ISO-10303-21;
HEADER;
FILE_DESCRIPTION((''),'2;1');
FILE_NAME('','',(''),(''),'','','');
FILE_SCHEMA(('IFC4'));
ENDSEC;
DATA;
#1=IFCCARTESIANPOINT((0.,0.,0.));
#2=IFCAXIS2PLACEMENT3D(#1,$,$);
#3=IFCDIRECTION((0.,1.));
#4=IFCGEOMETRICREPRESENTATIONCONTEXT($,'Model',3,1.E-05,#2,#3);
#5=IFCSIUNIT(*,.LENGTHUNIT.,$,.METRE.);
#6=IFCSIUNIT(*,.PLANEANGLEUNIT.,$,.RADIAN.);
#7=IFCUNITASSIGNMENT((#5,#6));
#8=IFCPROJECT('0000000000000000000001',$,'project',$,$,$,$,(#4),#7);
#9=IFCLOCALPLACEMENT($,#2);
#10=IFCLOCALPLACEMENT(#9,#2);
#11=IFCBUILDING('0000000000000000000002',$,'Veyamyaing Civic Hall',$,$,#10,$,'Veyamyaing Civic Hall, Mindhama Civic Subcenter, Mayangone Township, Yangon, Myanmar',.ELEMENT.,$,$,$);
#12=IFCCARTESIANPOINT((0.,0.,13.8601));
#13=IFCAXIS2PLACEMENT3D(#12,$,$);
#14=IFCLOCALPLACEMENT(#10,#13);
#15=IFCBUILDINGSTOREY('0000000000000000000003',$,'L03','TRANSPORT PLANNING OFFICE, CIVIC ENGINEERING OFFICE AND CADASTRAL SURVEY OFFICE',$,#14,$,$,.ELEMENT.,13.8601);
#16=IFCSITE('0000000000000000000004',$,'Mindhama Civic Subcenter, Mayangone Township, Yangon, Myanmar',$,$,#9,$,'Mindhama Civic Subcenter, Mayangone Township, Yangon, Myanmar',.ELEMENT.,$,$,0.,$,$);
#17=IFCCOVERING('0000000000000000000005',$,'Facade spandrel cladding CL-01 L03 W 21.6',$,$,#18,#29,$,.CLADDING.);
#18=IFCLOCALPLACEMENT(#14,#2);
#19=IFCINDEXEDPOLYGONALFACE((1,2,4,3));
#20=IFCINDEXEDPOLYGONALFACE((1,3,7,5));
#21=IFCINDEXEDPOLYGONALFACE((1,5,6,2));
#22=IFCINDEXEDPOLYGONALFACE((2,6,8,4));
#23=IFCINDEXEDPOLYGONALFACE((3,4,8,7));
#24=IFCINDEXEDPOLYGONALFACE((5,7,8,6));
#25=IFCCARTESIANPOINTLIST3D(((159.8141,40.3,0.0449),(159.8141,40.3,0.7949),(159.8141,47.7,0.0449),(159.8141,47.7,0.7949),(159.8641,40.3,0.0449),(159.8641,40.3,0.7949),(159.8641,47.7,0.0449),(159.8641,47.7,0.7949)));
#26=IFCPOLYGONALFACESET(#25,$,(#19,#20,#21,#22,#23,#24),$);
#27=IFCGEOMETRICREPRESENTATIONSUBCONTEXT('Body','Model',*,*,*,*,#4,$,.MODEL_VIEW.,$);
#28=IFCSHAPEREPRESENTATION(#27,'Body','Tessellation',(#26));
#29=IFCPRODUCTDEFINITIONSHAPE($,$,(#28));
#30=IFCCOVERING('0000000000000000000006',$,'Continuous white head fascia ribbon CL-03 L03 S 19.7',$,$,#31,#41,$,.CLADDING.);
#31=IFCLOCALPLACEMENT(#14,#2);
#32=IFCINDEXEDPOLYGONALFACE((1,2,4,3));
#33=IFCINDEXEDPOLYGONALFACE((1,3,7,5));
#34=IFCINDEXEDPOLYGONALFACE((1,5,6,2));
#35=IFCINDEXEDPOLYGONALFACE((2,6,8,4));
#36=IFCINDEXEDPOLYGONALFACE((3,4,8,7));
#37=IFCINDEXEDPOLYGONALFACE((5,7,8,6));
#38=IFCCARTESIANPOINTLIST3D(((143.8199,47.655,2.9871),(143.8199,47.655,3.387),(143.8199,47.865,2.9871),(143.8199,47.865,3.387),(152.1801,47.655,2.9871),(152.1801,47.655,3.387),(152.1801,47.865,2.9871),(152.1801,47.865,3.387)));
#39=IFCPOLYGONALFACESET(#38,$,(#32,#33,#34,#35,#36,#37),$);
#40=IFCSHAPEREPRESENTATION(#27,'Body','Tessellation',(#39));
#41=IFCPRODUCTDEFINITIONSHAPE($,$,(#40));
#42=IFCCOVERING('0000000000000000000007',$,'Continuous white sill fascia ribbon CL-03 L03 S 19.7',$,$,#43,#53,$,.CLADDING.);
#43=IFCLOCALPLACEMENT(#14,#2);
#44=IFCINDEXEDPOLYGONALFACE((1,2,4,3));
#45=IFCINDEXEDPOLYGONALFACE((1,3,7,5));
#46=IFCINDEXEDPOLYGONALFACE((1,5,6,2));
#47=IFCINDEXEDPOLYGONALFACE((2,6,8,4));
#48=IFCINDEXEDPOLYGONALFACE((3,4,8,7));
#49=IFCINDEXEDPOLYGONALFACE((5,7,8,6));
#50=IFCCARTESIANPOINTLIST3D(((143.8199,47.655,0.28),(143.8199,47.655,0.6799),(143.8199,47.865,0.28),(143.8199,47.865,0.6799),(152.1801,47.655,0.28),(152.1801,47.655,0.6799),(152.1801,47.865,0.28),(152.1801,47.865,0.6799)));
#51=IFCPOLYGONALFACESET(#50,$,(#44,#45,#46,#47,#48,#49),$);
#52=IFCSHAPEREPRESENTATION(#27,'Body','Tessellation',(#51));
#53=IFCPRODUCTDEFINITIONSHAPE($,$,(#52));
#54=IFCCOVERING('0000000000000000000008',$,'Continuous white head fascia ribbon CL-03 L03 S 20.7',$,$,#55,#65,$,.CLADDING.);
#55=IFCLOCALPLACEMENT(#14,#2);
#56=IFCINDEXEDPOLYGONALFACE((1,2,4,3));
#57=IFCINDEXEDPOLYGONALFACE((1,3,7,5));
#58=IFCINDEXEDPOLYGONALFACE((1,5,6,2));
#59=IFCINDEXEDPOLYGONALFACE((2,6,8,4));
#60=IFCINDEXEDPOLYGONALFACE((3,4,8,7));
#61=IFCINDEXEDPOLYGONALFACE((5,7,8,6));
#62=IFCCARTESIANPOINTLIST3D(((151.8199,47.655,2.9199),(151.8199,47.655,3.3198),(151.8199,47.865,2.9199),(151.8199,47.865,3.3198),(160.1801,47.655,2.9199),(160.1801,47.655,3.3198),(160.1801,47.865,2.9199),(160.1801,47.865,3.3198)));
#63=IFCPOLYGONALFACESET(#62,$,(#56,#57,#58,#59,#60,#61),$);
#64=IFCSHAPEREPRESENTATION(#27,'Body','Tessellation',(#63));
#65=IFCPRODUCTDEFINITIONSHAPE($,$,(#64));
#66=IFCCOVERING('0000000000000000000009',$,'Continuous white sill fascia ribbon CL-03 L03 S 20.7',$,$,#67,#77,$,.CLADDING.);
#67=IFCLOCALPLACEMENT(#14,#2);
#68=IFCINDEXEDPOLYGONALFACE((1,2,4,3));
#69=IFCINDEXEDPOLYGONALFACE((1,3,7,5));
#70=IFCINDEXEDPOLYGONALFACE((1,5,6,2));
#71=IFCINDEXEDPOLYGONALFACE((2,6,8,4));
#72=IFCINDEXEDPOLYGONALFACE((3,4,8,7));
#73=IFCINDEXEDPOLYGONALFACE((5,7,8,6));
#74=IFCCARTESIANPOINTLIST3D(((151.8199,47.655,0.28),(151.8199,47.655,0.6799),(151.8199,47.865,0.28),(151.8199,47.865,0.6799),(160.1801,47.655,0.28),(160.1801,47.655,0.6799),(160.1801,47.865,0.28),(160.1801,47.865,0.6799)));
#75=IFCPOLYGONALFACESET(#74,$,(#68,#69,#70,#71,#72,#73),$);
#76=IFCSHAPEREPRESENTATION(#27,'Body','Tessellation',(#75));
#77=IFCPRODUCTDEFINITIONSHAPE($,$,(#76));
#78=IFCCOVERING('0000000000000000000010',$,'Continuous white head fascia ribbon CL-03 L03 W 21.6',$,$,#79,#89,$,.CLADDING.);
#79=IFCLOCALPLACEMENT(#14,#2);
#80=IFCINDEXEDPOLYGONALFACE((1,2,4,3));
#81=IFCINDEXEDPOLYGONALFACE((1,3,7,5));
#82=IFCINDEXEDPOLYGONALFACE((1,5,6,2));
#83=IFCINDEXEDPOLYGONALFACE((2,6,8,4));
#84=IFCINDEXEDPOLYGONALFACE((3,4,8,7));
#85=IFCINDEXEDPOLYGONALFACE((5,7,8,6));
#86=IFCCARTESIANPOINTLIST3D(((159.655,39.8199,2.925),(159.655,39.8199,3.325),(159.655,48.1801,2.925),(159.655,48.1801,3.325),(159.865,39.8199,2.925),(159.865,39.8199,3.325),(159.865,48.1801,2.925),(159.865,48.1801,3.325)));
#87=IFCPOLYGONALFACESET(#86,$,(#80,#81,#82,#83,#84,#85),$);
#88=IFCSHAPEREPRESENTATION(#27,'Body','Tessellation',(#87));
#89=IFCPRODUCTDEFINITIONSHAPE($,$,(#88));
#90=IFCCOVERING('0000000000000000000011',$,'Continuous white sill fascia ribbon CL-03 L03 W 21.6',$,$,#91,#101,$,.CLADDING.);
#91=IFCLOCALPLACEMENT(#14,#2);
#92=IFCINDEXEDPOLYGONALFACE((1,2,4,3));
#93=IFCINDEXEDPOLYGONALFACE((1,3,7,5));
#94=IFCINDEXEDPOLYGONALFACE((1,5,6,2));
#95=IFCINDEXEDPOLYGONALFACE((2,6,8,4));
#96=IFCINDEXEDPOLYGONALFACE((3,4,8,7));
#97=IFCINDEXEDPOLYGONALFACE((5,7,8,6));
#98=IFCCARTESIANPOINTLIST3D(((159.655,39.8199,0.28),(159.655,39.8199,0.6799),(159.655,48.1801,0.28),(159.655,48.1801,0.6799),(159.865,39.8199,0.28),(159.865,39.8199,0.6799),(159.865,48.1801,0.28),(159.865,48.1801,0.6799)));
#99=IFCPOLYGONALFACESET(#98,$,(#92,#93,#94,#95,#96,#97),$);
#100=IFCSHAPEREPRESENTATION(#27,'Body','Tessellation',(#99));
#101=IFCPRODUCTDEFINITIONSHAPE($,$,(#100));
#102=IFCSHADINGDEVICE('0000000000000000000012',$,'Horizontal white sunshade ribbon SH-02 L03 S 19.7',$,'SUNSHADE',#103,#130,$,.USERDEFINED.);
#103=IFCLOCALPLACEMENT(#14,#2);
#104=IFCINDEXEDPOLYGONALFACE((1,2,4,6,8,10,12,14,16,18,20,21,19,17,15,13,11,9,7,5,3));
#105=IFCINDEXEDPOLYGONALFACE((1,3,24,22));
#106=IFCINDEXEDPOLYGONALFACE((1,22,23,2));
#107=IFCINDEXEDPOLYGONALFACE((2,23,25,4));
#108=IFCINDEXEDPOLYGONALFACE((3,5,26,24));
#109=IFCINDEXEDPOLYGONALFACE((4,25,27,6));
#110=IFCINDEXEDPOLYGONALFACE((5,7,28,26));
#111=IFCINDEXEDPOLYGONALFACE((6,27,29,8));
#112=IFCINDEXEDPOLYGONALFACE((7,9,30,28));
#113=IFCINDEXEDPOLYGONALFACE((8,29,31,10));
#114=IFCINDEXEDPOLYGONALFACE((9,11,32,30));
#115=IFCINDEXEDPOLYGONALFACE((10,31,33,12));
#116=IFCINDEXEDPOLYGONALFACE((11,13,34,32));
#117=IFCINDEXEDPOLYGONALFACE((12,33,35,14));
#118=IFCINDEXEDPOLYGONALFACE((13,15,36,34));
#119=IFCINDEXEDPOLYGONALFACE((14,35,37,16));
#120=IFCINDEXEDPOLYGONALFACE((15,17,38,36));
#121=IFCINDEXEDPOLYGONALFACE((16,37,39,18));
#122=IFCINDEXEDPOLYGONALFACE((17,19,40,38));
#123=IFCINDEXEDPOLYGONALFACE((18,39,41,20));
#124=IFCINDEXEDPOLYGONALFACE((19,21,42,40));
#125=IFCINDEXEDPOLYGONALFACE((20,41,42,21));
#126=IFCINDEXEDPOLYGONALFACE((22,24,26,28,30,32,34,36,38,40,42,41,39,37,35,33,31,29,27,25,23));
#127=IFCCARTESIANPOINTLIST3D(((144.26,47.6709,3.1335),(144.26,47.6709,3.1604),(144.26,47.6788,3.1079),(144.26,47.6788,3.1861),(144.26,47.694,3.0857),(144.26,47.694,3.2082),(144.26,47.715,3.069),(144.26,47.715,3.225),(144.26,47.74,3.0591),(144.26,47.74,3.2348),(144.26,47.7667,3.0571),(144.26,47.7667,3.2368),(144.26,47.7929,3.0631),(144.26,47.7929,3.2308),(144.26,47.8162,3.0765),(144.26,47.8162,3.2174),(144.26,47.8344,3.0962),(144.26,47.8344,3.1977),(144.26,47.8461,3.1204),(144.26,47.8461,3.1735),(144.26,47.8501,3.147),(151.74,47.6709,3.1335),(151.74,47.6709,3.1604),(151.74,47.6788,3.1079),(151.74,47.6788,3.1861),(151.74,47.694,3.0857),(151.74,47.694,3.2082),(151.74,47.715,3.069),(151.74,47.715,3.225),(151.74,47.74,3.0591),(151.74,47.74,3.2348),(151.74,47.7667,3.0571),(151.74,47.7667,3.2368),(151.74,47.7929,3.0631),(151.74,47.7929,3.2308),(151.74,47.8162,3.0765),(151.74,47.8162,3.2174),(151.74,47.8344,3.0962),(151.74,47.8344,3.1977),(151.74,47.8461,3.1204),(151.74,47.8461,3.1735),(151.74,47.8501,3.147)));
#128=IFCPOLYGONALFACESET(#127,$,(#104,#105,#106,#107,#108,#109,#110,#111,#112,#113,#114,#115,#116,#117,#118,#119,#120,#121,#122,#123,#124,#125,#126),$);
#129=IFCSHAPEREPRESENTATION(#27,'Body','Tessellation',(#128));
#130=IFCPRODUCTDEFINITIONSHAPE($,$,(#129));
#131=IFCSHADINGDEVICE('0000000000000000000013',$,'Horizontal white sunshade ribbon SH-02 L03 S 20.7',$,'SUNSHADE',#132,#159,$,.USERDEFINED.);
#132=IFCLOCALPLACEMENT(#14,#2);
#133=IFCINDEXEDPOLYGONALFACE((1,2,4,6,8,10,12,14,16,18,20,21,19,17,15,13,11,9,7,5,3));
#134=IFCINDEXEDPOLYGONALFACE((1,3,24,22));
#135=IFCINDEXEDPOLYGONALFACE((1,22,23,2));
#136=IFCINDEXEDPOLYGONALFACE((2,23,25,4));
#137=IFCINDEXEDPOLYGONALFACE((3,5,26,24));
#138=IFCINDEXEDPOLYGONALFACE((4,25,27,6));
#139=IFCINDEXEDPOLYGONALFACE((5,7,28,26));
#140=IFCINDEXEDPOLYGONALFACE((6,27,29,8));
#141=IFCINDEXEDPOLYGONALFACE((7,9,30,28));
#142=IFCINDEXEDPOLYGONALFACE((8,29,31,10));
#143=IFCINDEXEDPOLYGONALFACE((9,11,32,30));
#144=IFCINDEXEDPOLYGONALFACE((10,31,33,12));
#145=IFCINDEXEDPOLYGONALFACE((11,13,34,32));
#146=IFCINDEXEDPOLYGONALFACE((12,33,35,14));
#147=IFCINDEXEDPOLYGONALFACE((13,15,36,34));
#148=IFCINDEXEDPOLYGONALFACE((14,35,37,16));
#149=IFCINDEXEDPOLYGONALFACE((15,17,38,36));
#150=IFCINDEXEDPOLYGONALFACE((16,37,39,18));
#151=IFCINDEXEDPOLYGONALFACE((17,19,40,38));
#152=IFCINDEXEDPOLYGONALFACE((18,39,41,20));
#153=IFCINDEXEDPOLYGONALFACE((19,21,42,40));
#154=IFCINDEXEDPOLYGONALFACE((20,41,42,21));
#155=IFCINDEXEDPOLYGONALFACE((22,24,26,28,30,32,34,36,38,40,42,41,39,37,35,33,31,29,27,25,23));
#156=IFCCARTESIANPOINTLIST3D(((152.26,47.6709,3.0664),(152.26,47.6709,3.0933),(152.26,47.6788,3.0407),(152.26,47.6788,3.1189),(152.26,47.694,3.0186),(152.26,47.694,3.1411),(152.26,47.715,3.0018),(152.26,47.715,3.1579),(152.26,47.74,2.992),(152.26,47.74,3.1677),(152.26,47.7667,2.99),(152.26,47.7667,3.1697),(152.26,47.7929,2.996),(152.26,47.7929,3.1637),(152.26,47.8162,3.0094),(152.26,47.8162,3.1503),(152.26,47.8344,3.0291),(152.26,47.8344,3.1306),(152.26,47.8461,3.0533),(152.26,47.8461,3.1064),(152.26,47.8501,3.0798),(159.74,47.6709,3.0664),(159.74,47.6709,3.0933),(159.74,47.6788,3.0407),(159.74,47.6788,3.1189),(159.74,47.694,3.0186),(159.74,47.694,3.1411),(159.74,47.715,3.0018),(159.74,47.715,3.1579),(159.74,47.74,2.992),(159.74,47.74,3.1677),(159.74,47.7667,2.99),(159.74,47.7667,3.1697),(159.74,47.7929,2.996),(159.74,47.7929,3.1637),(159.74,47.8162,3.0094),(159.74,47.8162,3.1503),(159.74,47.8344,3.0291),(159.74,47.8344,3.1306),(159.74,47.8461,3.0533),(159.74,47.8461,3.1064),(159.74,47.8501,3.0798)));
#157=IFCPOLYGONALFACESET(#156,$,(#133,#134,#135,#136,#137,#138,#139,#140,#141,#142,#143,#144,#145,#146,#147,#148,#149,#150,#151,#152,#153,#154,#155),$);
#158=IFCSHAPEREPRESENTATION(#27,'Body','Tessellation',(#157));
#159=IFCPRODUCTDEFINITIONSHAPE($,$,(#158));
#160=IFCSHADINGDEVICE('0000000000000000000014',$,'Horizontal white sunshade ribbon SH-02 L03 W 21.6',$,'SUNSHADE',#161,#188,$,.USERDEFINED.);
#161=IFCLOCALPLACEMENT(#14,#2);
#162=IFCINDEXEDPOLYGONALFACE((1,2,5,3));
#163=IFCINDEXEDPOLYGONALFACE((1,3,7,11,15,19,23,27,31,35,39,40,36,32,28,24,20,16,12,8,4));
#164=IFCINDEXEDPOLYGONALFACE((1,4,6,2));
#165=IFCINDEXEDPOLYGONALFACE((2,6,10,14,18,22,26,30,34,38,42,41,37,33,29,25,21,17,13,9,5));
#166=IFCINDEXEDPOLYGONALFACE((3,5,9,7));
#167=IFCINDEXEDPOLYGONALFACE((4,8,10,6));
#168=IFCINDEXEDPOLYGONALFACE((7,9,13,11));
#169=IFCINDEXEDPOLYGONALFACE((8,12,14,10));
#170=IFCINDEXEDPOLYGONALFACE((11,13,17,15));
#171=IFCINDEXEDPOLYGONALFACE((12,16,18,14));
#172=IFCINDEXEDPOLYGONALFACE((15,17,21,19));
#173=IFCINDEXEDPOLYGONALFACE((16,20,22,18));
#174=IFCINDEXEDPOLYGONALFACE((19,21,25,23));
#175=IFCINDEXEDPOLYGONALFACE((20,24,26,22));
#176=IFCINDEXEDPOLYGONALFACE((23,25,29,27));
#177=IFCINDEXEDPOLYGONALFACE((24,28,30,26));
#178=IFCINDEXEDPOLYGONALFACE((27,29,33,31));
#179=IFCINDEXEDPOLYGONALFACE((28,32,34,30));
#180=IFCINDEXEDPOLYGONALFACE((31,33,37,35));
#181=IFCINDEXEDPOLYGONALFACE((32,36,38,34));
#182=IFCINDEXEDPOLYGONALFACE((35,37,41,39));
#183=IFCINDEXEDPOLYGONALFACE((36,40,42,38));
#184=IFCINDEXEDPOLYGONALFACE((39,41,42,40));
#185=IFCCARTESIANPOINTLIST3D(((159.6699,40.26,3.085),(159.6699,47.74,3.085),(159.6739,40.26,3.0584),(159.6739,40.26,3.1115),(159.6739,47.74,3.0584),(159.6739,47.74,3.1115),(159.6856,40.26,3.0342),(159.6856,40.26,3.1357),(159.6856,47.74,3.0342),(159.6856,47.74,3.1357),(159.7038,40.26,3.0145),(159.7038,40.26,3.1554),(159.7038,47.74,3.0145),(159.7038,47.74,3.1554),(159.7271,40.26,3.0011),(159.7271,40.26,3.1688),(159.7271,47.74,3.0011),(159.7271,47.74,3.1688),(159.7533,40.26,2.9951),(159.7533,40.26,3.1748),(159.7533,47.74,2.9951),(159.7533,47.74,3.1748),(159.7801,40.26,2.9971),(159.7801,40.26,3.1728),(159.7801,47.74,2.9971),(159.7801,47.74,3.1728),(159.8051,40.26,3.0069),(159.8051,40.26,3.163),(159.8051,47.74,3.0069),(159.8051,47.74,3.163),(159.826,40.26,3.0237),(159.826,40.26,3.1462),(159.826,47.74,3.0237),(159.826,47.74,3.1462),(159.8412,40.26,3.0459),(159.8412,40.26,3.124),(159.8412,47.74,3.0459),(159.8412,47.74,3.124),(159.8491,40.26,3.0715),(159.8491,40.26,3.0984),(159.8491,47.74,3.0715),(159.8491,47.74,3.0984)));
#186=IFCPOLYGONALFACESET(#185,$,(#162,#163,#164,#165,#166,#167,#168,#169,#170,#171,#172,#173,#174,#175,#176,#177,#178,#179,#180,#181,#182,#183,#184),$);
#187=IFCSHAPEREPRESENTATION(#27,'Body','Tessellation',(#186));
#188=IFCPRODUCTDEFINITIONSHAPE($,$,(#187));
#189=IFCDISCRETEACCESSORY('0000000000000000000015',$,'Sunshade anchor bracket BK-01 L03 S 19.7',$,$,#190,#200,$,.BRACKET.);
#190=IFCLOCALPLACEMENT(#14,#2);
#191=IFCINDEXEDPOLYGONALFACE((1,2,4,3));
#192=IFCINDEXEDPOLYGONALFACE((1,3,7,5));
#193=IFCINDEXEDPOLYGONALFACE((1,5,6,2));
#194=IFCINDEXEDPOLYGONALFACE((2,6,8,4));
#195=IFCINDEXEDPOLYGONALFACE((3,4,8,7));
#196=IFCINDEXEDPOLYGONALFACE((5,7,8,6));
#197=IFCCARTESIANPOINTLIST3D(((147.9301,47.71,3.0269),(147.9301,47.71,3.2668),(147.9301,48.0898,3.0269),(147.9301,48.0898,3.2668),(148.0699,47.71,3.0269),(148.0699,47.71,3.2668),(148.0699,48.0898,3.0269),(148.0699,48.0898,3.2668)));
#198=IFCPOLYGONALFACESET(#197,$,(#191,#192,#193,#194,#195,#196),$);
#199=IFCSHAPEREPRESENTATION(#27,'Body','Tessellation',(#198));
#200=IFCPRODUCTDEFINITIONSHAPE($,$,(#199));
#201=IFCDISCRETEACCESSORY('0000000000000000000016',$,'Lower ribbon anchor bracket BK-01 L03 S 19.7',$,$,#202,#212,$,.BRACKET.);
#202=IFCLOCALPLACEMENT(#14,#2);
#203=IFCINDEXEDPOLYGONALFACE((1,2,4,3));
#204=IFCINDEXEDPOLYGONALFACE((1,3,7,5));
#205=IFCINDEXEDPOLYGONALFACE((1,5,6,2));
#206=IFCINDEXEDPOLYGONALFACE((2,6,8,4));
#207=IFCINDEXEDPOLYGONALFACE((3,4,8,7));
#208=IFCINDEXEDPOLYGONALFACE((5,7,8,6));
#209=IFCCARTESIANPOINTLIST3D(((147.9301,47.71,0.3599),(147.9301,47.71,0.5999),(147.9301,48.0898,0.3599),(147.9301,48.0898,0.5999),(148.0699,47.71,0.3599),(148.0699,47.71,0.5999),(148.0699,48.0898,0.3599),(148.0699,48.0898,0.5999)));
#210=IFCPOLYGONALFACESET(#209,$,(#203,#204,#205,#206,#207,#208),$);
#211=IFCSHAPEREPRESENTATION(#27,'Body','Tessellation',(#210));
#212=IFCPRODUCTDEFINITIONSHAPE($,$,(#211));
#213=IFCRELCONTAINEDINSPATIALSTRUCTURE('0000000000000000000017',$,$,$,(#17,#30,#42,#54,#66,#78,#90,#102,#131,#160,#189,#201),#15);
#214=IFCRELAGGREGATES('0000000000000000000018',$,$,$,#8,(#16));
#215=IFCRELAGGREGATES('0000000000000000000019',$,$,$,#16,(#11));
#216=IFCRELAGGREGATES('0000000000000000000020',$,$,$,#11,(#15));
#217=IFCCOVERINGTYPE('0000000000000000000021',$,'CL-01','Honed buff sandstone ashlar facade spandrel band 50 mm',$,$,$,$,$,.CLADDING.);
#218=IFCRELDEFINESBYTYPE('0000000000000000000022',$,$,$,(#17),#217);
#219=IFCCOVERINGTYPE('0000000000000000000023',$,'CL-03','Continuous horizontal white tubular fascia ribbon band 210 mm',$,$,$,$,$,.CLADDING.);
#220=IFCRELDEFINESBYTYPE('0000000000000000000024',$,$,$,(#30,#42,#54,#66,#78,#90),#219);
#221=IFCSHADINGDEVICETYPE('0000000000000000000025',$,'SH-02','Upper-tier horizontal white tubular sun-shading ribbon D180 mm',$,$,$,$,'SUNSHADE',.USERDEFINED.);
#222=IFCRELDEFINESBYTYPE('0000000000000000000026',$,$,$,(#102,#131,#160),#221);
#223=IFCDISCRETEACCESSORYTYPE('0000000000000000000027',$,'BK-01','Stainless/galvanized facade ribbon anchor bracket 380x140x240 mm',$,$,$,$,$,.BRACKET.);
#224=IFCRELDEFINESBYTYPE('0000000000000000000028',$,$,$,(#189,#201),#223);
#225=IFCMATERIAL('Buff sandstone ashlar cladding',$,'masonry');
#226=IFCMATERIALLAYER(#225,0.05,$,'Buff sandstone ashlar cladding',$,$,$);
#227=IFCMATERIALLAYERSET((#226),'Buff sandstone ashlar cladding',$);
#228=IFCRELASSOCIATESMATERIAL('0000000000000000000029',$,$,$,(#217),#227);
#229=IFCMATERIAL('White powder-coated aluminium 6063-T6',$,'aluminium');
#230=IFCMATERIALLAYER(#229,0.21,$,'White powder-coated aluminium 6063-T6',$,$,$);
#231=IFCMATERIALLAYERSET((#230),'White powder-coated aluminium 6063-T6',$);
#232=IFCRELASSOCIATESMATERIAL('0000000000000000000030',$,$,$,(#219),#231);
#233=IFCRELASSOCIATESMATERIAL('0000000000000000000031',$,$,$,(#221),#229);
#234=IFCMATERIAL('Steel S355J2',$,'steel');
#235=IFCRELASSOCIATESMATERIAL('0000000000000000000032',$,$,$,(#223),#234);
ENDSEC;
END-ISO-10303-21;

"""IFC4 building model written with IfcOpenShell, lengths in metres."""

from ifc_helpers import new_model, si_unit, direction, frame, origin, origin_2d, place, context, subcontext, project, spatial, rectangle, circle, extrude, material, layer, layer_set, material_profile, profile_set, type_object, element, save


model = new_model("IFC4")

# Units and contexts
model_context = context("Model", 3, precision=1e-05, world=origin(), true_north=direction((0.0, 1.0)))
body_context = subcontext(model_context, "Body", "Model", "MODEL_VIEW")
ifc_project = project(units=[si_unit("LENGTHUNIT", "METRE"), si_unit("PLANEANGLEUNIT", "RADIAN")], contexts=[model_context])

# Site, building, storey
site_placement = place(None, origin())
site = spatial("IfcSite", under=ifc_project, at=site_placement, Name="Mindhama Civic Subcenter, Mayangone Township, Yangon, Myanmar", LongName="Mindhama Civic Subcenter, Mayangone Township, Yangon, Myanmar", CompositionType="ELEMENT", RefElevation=0.0)
building_placement = place(site_placement, origin())
building = spatial("IfcBuilding", under=site, at=building_placement, Name="Veyamyaing Civic Hall", LongName="Veyamyaing Civic Hall, Mindhama Civic Subcenter, Mayangone Township, Yangon, Myanmar", CompositionType="ELEMENT")
storey_placement = place(building_placement, frame((0.0, 0.0, 13.8601)))
storey = spatial("IfcBuildingStorey", under=building, at=storey_placement, Name="L03", Description="TRANSPORT PLANNING OFFICE, CIVIC ENGINEERING OFFICE AND CADASTRAL SURVEY OFFICE", CompositionType="ELEMENT", Elevation=13.8601)

# Coverings
ifc_material_1 = material(Name="Buff sandstone ashlar cladding", Category="masonry")
ifc_layer_1 = layer(ifc_material_1, 0.05, Name="Buff sandstone ashlar cladding")
ifc_layer_set_1 = layer_set([ifc_layer_1], Name="Buff sandstone ashlar cladding")
covering_type_1 = type_object("IfcCoveringType", Name="CL-01", Description="Honed buff sandstone ashlar facade spandrel band 50 mm", PredefinedType="CLADDING", material=ifc_layer_set_1)
covering_placement = place(storey_placement, frame((159.8391, 44.0, 0.0449), z_axis=(0.0, 0.0, 1.0), x_axis=(0.0, 1.0, 0.0)))
element("IfcCovering", 1, at=covering_placement, inside=storey, type_object=covering_type_1, Name="Facade spandrel cladding CL-01 L03 W 21.6", PredefinedType="CLADDING", context=body_context, shape_type="SweptSolid", body=[
    extrude(rectangle(XDim=7.3999, YDim=0.05, at=origin_2d()), origin(), (0.0, 0.0, 1.0), 0.75),
])
ifc_material_2 = material(Name="White powder-coated aluminium 6063-T6", Category="aluminium")
ifc_layer_2 = layer(ifc_material_2, 0.21, Name="White powder-coated aluminium 6063-T6")
ifc_layer_set_2 = layer_set([ifc_layer_2], Name="White powder-coated aluminium 6063-T6")
covering_type_2 = type_object("IfcCoveringType", Name="CL-03", Description="Continuous horizontal white tubular fascia ribbon band 210 mm", PredefinedType="CLADDING", material=ifc_layer_set_2)
for number, where, z_axis, x_axis, name in (
    (2, (148.0, 47.76, 2.9871), (0.0, 0.0, 1.0), (1.0, 0.0, 0.0), "Continuous white head fascia ribbon CL-03 L03 S 19.7"),
    (3, (148.0, 47.76, 0.28), (0.0, 0.0, 1.0), (1.0, 0.0, 0.0), "Continuous white sill fascia ribbon CL-03 L03 S 19.7"),
    (4, (156.0, 47.76, 2.9199), (0.0, 0.0, 1.0), (1.0, 0.0, 0.0), "Continuous white head fascia ribbon CL-03 L03 S 20.7"),
    (5, (156.0, 47.76, 0.28), (0.0, 0.0, 1.0), (1.0, 0.0, 0.0), "Continuous white sill fascia ribbon CL-03 L03 S 20.7"),
    (6, (159.76, 44.0, 2.925), (0.0, 0.0, 1.0), (0.0, 1.0, 0.0), "Continuous white head fascia ribbon CL-03 L03 W 21.6"),
    (7, (159.76, 44.0, 0.28), (0.0, 0.0, 1.0), (0.0, 1.0, 0.0), "Continuous white sill fascia ribbon CL-03 L03 W 21.6"),
):
    element("IfcCovering", number, at=place(storey_placement, frame(where, z_axis=z_axis, x_axis=x_axis)), inside=storey, type_object=covering_type_2, Name=name, PredefinedType="CLADDING", context=body_context, shape_type="SweptSolid", body=[
        extrude(rectangle(XDim=8.3601, YDim=0.21, at=origin_2d()), origin(), (0.0, 0.0, 1.0), 0.3999),
    ])

# Shading devices
ifc_material_profile_1 = material_profile(ifc_material_2, circle(Radius=0.0901, at=origin_2d()), Name="SHADE-TUBE-180")
ifc_profile_set_1 = profile_set([ifc_material_profile_1], Name="White powder-coated aluminium 6063-T6")
shading_device_type = type_object("IfcShadingDeviceType", Name="SH-02", Description="Upper-tier horizontal white tubular sun-shading ribbon D180 mm", ElementType="SUNSHADE", PredefinedType="USERDEFINED", material=ifc_profile_set_1)
for number, where, z_axis, x_axis, name in (
    (8, (144.26, 47.76, 3.147), (1.0, 0.0, 0.0), (0.0, 1.0, 0.0), "Horizontal white sunshade ribbon SH-02 L03 S 19.7"),
    (9, (152.26, 47.76, 3.0798), (1.0, 0.0, 0.0), (0.0, 1.0, 0.0), "Horizontal white sunshade ribbon SH-02 L03 S 20.7"),
    (10, (159.76, 40.26, 3.085), (0.0, 1.0, 0.0), (-1.0, 0.0, 0.0), "Horizontal white sunshade ribbon SH-02 L03 W 21.6"),
):
    element("IfcShadingDevice", number, at=place(storey_placement, frame(where, z_axis=z_axis, x_axis=x_axis)), inside=storey, type_object=shading_device_type, Name=name, ObjectType="SUNSHADE", PredefinedType="USERDEFINED", context=body_context, shape_type="SweptSolid", body=[
        extrude(circle(Radius=0.0901, at=origin_2d()), origin(), (0.0, 0.0, 1.0), 7.48),
    ])

# Discrete accessories
ifc_material_3 = material(Name="Steel S355J2", Category="steel")
discrete_accessory_type = type_object("IfcDiscreteAccessoryType", Name="BK-01", Description="Stainless/galvanized facade ribbon anchor bracket 380x140x240 mm", PredefinedType="BRACKET", material=ifc_material_3)
for number, where, z_axis, x_axis, name in (
    (11, (148.0, 47.8999, 3.0269), (0.0, 0.0, 1.0), (0.0, -1.0, 0.0), "Sunshade anchor bracket BK-01 L03 S 19.7"),
    (12, (148.0, 47.8999, 0.3599), (0.0, 0.0, 1.0), (0.0, -1.0, 0.0), "Lower ribbon anchor bracket BK-01 L03 S 19.7"),
):
    element("IfcDiscreteAccessory", number, at=place(storey_placement, frame(where, z_axis=z_axis, x_axis=x_axis)), inside=storey, type_object=discrete_accessory_type, Name=name, PredefinedType="BRACKET", context=body_context, shape_type="SweptSolid", body=[
        extrude(rectangle(XDim=0.3799, YDim=0.1399, at=origin_2d()), origin(), (0.0, 0.0, 1.0), 0.24),
    ])

save(model, "model.ifc")
